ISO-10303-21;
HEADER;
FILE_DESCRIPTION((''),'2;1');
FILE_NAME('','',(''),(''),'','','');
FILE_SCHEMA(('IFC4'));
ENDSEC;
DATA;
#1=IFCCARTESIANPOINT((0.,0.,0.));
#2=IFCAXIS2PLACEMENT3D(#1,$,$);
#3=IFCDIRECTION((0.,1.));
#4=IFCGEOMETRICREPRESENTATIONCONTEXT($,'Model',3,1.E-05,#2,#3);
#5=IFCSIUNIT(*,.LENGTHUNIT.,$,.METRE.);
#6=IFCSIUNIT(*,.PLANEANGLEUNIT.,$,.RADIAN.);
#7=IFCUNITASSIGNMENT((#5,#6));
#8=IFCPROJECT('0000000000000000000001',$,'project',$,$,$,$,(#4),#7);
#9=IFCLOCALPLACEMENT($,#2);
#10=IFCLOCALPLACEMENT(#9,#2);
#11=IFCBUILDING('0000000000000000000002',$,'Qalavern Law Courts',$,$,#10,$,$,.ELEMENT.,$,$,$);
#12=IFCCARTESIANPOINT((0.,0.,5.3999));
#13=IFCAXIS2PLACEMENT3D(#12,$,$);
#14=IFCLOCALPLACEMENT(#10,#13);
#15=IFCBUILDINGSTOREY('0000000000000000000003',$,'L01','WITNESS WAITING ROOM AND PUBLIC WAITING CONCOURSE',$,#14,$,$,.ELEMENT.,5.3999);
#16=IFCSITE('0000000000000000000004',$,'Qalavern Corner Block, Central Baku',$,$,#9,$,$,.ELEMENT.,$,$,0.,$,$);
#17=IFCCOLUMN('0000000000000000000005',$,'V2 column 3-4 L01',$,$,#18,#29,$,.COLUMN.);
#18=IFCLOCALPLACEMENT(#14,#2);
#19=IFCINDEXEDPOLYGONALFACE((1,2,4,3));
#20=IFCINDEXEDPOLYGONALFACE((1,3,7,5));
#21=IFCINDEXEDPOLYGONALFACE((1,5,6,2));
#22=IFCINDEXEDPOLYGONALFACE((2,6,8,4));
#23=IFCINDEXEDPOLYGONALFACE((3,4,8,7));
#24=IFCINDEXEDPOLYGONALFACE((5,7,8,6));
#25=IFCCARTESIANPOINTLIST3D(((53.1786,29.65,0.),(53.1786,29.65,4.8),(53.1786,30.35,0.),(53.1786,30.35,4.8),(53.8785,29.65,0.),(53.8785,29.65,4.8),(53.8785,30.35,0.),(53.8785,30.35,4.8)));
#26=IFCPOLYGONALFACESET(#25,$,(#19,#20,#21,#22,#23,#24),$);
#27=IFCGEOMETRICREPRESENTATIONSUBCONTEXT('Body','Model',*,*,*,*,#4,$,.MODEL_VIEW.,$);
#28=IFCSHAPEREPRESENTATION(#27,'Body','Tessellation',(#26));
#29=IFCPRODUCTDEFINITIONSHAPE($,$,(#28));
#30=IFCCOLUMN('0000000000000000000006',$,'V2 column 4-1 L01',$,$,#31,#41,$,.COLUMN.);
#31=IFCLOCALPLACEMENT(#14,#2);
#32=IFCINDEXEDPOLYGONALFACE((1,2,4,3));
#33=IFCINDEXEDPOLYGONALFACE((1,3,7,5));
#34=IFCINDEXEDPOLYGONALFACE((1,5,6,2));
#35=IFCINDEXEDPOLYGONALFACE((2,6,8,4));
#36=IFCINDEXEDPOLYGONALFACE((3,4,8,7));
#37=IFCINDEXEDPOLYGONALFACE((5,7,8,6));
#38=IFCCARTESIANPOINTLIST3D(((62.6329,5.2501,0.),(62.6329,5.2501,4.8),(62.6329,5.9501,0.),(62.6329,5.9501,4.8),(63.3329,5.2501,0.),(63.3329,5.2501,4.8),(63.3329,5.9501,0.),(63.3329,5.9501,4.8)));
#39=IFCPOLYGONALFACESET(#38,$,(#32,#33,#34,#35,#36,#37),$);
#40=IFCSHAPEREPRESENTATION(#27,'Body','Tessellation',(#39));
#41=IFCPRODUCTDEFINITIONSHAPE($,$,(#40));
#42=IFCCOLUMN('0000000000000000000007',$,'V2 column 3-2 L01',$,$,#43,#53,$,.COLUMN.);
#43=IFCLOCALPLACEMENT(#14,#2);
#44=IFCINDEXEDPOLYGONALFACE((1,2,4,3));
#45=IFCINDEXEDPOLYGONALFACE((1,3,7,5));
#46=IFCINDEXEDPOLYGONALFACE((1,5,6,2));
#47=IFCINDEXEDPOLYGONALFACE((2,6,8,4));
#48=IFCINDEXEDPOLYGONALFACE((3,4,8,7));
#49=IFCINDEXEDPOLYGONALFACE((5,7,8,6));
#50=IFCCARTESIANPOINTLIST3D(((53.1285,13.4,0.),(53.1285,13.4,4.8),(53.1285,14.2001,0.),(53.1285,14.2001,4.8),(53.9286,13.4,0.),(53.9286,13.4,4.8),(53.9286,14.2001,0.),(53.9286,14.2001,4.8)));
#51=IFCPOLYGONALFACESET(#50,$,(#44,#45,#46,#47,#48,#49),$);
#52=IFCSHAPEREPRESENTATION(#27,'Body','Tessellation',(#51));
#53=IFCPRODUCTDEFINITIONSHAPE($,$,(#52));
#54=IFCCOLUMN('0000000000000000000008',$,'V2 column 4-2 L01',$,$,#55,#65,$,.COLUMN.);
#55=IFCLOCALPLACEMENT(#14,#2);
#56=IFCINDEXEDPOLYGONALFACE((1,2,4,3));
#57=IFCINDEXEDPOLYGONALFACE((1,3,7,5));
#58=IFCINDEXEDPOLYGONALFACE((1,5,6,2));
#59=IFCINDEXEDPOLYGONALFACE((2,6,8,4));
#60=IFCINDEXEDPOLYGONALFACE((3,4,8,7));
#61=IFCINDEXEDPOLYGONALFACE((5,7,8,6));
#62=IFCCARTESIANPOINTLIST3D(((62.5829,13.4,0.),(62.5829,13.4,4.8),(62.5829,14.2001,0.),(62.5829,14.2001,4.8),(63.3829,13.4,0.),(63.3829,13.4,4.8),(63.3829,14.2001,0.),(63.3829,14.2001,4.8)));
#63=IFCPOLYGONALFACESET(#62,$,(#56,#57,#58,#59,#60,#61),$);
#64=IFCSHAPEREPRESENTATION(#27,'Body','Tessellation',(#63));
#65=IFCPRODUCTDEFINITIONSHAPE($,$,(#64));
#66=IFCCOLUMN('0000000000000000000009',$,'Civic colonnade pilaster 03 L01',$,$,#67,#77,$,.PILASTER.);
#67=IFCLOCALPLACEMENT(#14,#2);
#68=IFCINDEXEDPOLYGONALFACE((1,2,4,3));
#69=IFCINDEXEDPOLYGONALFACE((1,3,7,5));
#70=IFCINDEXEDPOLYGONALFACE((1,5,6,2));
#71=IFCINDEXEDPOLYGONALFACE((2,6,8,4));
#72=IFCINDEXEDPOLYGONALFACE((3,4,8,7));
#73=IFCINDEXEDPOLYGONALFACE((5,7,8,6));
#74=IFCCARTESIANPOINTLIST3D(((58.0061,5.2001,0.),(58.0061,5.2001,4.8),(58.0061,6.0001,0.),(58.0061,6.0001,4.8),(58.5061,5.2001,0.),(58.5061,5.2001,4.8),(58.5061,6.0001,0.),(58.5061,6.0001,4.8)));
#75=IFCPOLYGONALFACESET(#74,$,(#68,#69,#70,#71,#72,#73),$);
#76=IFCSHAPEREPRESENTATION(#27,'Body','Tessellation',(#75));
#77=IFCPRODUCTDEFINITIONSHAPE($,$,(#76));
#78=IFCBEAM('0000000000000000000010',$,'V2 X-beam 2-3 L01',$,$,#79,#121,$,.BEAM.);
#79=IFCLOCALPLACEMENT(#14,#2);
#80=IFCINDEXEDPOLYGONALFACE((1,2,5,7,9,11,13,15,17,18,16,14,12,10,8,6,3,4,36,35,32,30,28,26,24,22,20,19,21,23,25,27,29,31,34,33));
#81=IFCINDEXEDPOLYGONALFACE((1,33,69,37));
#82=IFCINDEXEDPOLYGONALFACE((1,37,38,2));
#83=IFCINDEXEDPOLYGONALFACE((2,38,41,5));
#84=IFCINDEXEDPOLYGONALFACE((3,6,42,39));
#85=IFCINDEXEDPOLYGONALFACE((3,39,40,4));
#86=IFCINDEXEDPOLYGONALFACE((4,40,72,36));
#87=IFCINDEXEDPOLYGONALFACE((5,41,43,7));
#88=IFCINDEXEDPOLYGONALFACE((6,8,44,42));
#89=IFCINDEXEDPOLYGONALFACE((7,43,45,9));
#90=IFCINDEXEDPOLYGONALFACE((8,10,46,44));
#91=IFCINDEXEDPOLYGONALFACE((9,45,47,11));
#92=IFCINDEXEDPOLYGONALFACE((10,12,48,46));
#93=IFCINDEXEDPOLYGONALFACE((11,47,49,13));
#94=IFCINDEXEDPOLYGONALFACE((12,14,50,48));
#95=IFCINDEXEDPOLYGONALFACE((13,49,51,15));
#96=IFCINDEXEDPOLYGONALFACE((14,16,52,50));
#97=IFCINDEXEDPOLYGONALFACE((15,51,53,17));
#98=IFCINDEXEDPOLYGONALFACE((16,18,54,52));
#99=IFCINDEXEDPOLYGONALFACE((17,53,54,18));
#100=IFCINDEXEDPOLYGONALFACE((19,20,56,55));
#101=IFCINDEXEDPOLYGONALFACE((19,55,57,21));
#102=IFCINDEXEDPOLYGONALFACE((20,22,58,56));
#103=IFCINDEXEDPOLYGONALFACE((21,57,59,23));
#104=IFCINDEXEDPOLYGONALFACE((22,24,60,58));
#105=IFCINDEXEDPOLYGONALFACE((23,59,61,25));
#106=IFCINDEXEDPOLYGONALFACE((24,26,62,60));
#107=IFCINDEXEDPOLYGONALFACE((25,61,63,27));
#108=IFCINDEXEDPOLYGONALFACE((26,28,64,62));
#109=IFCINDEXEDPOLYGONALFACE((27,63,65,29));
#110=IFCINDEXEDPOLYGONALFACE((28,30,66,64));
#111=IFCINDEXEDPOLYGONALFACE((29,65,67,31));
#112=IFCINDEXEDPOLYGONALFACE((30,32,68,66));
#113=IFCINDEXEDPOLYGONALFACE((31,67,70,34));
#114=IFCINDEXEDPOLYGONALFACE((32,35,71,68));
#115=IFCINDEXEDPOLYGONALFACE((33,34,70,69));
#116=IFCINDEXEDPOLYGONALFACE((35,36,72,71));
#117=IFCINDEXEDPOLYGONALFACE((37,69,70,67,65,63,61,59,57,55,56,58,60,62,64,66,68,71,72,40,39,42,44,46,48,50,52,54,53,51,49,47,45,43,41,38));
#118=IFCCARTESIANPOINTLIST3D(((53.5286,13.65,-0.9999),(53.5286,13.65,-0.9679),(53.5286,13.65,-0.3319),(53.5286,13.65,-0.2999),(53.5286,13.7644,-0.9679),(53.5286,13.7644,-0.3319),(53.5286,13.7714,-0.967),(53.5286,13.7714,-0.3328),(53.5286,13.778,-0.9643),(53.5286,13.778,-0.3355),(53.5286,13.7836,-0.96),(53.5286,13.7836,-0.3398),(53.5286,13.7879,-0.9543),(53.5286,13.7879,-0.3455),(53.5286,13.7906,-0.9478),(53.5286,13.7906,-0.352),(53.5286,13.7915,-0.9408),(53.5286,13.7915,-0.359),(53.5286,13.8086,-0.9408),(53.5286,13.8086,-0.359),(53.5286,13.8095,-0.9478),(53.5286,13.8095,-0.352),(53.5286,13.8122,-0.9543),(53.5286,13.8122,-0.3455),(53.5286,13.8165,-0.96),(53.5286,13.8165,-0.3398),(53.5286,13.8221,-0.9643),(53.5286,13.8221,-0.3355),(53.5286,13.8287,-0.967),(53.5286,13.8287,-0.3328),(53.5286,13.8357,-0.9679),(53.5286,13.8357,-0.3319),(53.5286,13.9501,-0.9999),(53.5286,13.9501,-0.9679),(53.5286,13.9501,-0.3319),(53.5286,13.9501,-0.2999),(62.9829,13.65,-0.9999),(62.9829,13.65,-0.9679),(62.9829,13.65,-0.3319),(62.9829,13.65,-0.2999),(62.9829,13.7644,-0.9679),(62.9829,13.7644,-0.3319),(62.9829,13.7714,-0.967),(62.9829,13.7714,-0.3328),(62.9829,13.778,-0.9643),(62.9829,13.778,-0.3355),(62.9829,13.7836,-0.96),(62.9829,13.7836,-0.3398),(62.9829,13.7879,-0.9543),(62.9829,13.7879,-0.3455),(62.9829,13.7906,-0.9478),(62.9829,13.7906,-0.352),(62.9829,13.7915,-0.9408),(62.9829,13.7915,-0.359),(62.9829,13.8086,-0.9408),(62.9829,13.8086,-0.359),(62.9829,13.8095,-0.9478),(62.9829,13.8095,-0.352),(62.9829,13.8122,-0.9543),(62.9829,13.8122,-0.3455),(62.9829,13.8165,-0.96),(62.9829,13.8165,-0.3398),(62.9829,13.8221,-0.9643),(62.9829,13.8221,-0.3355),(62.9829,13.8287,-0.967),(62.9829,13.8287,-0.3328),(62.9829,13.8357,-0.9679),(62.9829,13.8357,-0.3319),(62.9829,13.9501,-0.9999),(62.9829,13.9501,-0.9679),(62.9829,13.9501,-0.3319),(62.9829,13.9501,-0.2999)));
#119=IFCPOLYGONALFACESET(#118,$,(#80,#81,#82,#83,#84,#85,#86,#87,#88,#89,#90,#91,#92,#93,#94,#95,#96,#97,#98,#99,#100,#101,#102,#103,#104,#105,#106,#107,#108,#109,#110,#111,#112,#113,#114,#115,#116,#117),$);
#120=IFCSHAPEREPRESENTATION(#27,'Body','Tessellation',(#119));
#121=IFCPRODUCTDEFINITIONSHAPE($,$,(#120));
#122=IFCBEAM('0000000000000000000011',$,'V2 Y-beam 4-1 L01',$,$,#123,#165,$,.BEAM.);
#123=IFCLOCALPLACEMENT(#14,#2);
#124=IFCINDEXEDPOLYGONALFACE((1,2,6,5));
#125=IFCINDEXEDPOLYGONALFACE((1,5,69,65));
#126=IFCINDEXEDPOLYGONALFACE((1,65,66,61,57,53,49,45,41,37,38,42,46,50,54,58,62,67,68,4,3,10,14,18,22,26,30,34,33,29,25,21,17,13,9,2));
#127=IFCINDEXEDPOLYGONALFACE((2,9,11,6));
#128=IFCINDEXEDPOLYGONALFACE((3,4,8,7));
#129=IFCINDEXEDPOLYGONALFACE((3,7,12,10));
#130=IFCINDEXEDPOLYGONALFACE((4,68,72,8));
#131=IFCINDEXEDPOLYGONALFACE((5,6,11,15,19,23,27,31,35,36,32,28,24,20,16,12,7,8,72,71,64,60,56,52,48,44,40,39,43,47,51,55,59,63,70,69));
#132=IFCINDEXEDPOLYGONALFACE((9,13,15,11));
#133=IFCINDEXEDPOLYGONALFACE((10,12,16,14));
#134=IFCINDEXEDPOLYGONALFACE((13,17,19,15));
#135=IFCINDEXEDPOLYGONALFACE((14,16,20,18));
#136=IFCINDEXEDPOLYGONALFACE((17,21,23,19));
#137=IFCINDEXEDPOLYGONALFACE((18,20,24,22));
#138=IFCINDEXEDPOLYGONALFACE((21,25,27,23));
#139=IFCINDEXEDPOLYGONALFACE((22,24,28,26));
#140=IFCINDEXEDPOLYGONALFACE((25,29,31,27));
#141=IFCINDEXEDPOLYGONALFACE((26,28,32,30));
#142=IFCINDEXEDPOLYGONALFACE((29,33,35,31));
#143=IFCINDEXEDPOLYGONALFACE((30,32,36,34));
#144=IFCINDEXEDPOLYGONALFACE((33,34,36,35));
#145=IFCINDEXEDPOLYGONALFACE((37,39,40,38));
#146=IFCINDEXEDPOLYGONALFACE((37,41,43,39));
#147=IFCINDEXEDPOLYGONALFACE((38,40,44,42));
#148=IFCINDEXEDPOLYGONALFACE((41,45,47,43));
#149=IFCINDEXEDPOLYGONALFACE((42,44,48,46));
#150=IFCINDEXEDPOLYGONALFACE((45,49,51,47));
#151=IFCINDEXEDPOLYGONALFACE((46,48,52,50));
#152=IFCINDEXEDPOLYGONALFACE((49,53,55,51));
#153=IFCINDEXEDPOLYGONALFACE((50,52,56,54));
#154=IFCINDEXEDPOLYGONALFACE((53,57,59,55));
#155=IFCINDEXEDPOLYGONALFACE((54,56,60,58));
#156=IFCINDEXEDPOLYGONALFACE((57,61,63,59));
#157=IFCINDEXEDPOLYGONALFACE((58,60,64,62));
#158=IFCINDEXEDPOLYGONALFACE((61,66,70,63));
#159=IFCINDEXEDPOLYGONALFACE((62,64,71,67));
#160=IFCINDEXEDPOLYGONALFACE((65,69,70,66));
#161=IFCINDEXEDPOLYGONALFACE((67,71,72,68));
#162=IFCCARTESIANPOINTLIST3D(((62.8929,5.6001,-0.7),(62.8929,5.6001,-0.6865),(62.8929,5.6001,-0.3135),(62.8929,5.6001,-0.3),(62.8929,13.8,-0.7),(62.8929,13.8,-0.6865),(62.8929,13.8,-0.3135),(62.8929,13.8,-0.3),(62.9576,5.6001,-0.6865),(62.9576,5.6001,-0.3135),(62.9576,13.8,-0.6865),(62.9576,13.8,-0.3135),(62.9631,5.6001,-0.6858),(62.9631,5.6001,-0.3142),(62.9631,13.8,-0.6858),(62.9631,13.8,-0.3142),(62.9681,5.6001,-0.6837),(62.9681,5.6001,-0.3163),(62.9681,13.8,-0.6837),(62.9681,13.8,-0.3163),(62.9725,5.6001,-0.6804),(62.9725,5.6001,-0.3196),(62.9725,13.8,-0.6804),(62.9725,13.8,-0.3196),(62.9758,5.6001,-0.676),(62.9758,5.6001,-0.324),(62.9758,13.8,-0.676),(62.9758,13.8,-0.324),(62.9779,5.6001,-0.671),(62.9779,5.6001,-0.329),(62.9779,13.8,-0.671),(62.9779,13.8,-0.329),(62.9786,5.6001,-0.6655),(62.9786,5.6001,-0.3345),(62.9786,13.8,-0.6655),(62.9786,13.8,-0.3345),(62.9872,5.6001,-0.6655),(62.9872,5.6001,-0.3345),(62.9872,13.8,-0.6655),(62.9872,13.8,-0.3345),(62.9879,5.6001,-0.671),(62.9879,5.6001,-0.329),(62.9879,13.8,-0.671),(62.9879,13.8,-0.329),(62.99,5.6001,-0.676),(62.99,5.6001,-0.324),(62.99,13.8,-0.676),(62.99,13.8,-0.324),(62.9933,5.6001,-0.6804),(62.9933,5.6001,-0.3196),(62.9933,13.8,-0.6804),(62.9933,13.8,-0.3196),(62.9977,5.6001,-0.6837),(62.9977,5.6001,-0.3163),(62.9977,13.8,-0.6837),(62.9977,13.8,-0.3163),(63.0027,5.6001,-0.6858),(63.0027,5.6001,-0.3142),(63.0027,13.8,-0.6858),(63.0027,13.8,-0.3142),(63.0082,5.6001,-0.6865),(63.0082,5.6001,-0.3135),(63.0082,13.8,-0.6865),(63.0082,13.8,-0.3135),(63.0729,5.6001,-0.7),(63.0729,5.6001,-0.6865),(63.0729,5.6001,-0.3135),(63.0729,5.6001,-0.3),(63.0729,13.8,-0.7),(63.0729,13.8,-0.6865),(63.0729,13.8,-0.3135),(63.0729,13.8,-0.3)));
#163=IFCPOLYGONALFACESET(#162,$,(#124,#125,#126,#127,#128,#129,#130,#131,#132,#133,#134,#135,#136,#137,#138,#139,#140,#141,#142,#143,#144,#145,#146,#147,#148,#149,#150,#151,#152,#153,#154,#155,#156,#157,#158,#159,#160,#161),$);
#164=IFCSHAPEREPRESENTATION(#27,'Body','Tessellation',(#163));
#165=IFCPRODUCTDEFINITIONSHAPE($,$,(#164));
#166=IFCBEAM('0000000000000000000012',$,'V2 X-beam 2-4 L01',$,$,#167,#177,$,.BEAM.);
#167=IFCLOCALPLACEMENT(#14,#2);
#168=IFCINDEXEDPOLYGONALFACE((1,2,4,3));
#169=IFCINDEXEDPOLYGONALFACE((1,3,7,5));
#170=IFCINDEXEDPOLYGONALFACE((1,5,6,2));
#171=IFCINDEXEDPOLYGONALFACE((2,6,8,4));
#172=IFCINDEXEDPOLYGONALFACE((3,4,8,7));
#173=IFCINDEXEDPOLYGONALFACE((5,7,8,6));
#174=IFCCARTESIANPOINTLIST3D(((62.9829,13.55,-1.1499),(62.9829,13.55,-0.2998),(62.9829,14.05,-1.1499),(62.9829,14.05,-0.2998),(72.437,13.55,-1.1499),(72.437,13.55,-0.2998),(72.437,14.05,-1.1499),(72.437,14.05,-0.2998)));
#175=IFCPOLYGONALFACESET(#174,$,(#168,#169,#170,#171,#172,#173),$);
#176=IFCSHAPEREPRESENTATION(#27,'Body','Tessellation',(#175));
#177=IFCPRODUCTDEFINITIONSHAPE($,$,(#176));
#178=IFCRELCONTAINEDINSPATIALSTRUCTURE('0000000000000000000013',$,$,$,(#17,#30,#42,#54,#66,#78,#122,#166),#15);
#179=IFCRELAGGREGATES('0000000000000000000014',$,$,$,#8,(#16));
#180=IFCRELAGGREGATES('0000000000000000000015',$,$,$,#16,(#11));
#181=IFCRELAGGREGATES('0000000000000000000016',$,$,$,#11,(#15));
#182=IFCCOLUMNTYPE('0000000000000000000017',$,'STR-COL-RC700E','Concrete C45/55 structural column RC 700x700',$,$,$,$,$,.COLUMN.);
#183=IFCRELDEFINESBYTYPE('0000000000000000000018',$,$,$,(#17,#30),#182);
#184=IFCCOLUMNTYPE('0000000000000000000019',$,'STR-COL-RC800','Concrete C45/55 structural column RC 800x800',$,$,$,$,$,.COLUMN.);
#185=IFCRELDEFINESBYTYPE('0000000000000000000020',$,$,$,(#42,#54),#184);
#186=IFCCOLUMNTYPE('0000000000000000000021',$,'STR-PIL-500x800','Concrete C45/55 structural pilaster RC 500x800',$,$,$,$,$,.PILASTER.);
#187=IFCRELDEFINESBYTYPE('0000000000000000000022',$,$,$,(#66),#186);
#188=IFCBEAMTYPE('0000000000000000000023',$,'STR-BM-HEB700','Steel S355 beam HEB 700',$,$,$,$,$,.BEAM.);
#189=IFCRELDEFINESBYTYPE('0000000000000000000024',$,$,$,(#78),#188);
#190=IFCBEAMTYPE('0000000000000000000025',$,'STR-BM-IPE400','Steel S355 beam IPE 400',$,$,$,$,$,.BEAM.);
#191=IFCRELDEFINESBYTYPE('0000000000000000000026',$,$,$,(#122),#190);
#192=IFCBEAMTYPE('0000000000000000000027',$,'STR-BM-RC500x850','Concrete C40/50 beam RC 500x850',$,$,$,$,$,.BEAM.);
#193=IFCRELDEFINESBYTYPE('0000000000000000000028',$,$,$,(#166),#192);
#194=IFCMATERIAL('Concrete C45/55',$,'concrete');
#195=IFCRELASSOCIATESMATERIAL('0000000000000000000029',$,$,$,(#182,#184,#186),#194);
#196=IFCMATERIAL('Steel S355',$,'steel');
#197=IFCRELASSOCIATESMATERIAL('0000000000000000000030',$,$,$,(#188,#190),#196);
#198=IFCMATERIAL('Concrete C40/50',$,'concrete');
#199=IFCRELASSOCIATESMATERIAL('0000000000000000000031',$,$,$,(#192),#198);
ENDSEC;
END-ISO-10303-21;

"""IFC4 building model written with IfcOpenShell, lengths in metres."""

from ifc_helpers import new_model, si_unit, direction, frame, origin, origin_2d, place, context, subcontext, project, spatial, rectangle, i_section, extrude, material, material_profile, profile_set, type_object, element, save


model = new_model("IFC4")

# Units and contexts
model_context = context("Model", 3, precision=1e-05, world=origin(), true_north=direction((0.0, 1.0)))
body_context = subcontext(model_context, "Body", "Model", "MODEL_VIEW")
ifc_project = project(units=[si_unit("LENGTHUNIT", "METRE"), si_unit("PLANEANGLEUNIT", "RADIAN")], contexts=[model_context])

# Site, building, storey
site_placement = place(None, origin())
site = spatial("IfcSite", under=ifc_project, at=site_placement, Name="Qalavern Corner Block, Central Baku", CompositionType="ELEMENT", RefElevation=0.0)
building_placement = place(site_placement, origin())
building = spatial("IfcBuilding", under=site, at=building_placement, Name="Qalavern Law Courts", CompositionType="ELEMENT")
storey_placement = place(building_placement, frame((0.0, 0.0, 5.3999)))
storey = spatial("IfcBuildingStorey", under=building, at=storey_placement, Name="L01", Description="WITNESS WAITING ROOM AND PUBLIC WAITING CONCOURSE", CompositionType="ELEMENT", Elevation=5.3999)

# Columns
ifc_material_1 = material(Name="Concrete C45/55", Category="concrete")
ifc_material_profile_1 = material_profile(ifc_material_1, rectangle(XDim=0.7, YDim=0.7, at=origin_2d()), Name="RC 700x700")
ifc_profile_set_1 = profile_set([ifc_material_profile_1], Name="Concrete C45/55")
column_type_1 = type_object("IfcColumnType", Name="STR-COL-RC700E", Description="Concrete C45/55 structural column RC 700x700", PredefinedType="COLUMN", material=ifc_profile_set_1)
for number, where, z_axis, x_axis, name in (
    (1, (53.5286, 30.0, 0.0), (0.0, 0.0, 1.0), (1.0, 0.0, 0.0), "V2 column 3-4 L01"),
    (2, (62.9829, 5.6001, 0.0), (0.0, 0.0, 1.0), (1.0, 0.0, 0.0), "V2 column 4-1 L01"),
):
    element("IfcColumn", number, at=place(storey_placement, frame(where, z_axis=z_axis, x_axis=x_axis)), inside=storey, type_object=column_type_1, Name=name, PredefinedType="COLUMN", context=body_context, shape_type="SweptSolid", body=[
        extrude(rectangle(XDim=0.7, YDim=0.7, at=origin_2d()), origin(), (0.0, 0.0, 1.0), 4.8),
    ])
ifc_material_profile_2 = material_profile(ifc_material_1, rectangle(XDim=0.8, YDim=0.8, at=origin_2d()), Name="RC 800x800")
ifc_profile_set_2 = profile_set([ifc_material_profile_2], Name="Concrete C45/55")
column_type_2 = type_object("IfcColumnType", Name="STR-COL-RC800", Description="Concrete C45/55 structural column RC 800x800", PredefinedType="COLUMN", material=ifc_profile_set_2)
for number, where, z_axis, x_axis, name in (
    (3, (53.5286, 13.8, 0.0), (0.0, 0.0, 1.0), (1.0, 0.0, 0.0), "V2 column 3-2 L01"),
    (4, (62.9829, 13.8, 0.0), (0.0, 0.0, 1.0), (1.0, 0.0, 0.0), "V2 column 4-2 L01"),
):
    element("IfcColumn", number, at=place(storey_placement, frame(where, z_axis=z_axis, x_axis=x_axis)), inside=storey, type_object=column_type_2, Name=name, PredefinedType="COLUMN", context=body_context, shape_type="SweptSolid", body=[
        extrude(rectangle(XDim=0.8, YDim=0.8, at=origin_2d()), origin(), (0.0, 0.0, 1.0), 4.8),
    ])
ifc_material_profile_3 = material_profile(ifc_material_1, rectangle(XDim=0.5, YDim=0.8, at=origin_2d()), Name="RC 500x800")
ifc_profile_set_3 = profile_set([ifc_material_profile_3], Name="Concrete C45/55")
column_type_3 = type_object("IfcColumnType", Name="STR-PIL-500x800", Description="Concrete C45/55 structural pilaster RC 500x800", PredefinedType="PILASTER", material=ifc_profile_set_3)
column_placement = place(storey_placement, frame((58.2561, 5.6001, 0.0), z_axis=(0.0, 0.0, 1.0), x_axis=(1.0, 0.0, 0.0)))
element("IfcColumn", 5, at=column_placement, inside=storey, type_object=column_type_3, Name="Civic colonnade pilaster 03 L01", PredefinedType="PILASTER", context=body_context, shape_type="SweptSolid", body=[
    extrude(rectangle(XDim=0.5, YDim=0.8, at=origin_2d()), origin(), (0.0, 0.0, 1.0), 4.8),
])

# Beams
ifc_material_2 = material(Name="Steel S355", Category="steel")
ifc_material_profile_4 = material_profile(ifc_material_2, i_section(OverallWidth=0.3, OverallDepth=0.7, WebThickness=0.0171, FlangeThickness=0.032, FilletRadius=0.0271, at=origin_2d()), Name="HEB 700")
ifc_profile_set_4 = profile_set([ifc_material_profile_4], Name="Steel S355")
beam_type_1 = type_object("IfcBeamType", Name="STR-BM-HEB700", Description="Steel S355 beam HEB 700", PredefinedType="BEAM", material=ifc_profile_set_4)
beam_1_placement = place(storey_placement, frame((53.5286, 13.8, -0.6499), z_axis=(1.0, 0.0, 0.0), x_axis=(0.0, 1.0, 0.0)))
element("IfcBeam", 6, at=beam_1_placement, inside=storey, type_object=beam_type_1, Name="V2 X-beam 2-3 L01", PredefinedType="BEAM", context=body_context, shape_type="SweptSolid", body=[
    extrude(i_section(OverallWidth=0.3, OverallDepth=0.7, WebThickness=0.0171, FlangeThickness=0.032, FilletRadius=0.0271, at=origin_2d()), origin(), (0.0, 0.0, 1.0), 9.4543),
])
ifc_material_profile_5 = material_profile(ifc_material_2, i_section(OverallWidth=0.1799, OverallDepth=0.3999, WebThickness=0.0085, FlangeThickness=0.0134, FilletRadius=0.021, at=origin_2d()), Name="IPE 400")
ifc_profile_set_5 = profile_set([ifc_material_profile_5], Name="Steel S355")
beam_type_2 = type_object("IfcBeamType", Name="STR-BM-IPE400", Description="Steel S355 beam IPE 400", PredefinedType="BEAM", material=ifc_profile_set_5)
beam_2_placement = place(storey_placement, frame((62.9829, 5.6001, -0.5), z_axis=(0.0, 1.0, 0.0), x_axis=(-1.0, 0.0, 0.0)))
element("IfcBeam", 7, at=beam_2_placement, inside=storey, type_object=beam_type_2, Name="V2 Y-beam 4-1 L01", PredefinedType="BEAM", context=body_context, shape_type="SweptSolid", body=[
    extrude(i_section(OverallWidth=0.1799, OverallDepth=0.3999, WebThickness=0.0085, FlangeThickness=0.0134, FilletRadius=0.021, at=origin_2d()), origin(), (0.0, 0.0, 1.0), 8.2),
])
ifc_material_3 = material(Name="Concrete C40/50", Category="concrete")
ifc_material_profile_6 = material_profile(ifc_material_3, rectangle(XDim=0.5, YDim=0.8501, at=origin_2d()), Name="RC 500x850")
ifc_profile_set_6 = profile_set([ifc_material_profile_6], Name="Concrete C40/50")
beam_type_3 = type_object("IfcBeamType", Name="STR-BM-RC500x850", Description="Concrete C40/50 beam RC 500x850", PredefinedType="BEAM", material=ifc_profile_set_6)
beam_3_placement = place(storey_placement, frame((62.9829, 13.8, -0.7249), z_axis=(1.0, 0.0, 0.0), x_axis=(0.0, 1.0, 0.0)))
element("IfcBeam", 8, at=beam_3_placement, inside=storey, type_object=beam_type_3, Name="V2 X-beam 2-4 L01", PredefinedType="BEAM", context=body_context, shape_type="SweptSolid", body=[
    extrude(rectangle(XDim=0.5, YDim=0.8501, at=origin_2d()), origin(), (0.0, 0.0, 1.0), 9.4541),
])

save(model, "model.ifc")
